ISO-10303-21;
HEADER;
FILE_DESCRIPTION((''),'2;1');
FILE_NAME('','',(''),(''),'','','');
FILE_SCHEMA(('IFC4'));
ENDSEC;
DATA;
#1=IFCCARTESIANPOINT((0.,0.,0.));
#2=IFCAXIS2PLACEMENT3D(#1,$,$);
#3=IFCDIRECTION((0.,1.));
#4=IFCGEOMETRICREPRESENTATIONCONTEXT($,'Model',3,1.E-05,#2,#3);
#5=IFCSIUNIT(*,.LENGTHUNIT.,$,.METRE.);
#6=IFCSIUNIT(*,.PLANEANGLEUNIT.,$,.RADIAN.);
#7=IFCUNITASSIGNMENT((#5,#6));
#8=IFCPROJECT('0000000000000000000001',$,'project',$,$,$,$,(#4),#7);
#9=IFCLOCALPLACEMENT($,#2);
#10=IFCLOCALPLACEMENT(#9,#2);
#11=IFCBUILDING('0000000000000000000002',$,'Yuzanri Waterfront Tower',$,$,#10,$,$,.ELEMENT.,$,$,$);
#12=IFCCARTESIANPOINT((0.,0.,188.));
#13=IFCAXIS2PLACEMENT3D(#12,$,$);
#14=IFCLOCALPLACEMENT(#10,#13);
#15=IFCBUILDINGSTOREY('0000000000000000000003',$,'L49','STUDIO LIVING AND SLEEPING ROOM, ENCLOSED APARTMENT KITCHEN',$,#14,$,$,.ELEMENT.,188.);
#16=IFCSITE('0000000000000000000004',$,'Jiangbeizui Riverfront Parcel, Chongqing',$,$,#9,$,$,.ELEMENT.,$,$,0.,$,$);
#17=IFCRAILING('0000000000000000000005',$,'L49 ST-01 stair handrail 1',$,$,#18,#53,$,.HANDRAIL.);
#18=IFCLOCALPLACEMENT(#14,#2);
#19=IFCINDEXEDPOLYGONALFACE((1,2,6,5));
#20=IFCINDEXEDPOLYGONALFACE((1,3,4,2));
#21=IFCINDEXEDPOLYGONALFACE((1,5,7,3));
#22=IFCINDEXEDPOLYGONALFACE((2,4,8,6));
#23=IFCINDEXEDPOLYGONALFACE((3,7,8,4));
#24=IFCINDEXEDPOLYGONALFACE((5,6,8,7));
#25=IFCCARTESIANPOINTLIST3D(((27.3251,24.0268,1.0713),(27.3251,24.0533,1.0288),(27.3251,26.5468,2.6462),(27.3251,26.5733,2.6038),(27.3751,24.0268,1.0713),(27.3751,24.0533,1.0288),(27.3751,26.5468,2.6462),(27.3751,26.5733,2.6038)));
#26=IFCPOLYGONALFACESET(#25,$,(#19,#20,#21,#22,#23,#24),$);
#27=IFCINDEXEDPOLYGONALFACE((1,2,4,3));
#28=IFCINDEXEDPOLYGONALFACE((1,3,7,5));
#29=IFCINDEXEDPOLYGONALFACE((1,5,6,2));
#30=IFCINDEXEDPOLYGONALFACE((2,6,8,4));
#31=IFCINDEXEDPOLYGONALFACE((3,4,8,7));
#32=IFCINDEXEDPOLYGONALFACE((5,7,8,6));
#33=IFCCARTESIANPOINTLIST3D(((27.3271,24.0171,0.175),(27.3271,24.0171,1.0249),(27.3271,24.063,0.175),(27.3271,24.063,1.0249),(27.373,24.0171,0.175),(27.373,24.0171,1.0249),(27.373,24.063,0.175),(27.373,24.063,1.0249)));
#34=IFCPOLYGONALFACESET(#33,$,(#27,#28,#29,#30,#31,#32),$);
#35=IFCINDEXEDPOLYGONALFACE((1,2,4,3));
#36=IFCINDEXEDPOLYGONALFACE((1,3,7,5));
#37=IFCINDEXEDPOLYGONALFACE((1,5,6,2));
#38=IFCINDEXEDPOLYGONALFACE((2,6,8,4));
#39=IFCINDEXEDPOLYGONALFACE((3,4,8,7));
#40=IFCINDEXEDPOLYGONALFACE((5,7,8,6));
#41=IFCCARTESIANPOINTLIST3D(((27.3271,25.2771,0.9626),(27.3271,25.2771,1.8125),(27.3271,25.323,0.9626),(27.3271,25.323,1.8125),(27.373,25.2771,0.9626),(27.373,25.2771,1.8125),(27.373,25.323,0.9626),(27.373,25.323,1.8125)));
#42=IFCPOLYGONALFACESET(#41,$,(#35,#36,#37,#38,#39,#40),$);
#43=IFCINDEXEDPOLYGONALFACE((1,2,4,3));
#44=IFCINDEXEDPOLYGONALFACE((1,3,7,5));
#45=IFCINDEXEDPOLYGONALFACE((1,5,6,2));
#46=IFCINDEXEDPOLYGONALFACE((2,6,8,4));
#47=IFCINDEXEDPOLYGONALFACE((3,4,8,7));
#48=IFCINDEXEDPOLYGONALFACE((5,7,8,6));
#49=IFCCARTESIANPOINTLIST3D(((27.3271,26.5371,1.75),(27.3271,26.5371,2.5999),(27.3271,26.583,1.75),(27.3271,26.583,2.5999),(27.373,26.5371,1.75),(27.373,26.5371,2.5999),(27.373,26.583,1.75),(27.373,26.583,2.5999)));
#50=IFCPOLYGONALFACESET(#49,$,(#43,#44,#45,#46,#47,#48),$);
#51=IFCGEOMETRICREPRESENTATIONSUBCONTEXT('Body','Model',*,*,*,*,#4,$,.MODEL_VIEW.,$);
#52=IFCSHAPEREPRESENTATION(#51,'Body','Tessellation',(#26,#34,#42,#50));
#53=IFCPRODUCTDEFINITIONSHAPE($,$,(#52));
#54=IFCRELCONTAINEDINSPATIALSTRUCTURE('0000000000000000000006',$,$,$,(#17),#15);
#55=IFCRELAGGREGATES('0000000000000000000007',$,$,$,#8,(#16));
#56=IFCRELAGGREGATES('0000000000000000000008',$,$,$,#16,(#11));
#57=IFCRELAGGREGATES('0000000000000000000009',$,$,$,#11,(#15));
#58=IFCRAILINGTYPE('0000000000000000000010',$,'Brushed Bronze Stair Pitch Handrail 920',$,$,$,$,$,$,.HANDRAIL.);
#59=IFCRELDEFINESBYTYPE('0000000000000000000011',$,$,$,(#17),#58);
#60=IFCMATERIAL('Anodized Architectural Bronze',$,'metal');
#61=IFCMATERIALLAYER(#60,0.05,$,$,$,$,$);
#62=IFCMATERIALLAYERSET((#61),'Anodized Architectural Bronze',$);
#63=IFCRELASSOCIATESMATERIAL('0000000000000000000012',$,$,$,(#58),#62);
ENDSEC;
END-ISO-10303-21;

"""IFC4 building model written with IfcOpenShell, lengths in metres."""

from ifc_helpers import new_model, si_unit, direction, frame, origin, origin_2d, place, context, subcontext, project, spatial, rectangle, extrude, source, transform, mapped, material, layer, layer_set, type_object, element, save


model = new_model("IFC4")

# Units and contexts
model_context = context("Model", 3, precision=1e-05, world=origin(), true_north=direction((0.0, 1.0)))
body_context = subcontext(model_context, "Body", "Model", "MODEL_VIEW")
ifc_project = project(units=[si_unit("LENGTHUNIT", "METRE"), si_unit("PLANEANGLEUNIT", "RADIAN")], contexts=[model_context])

# Site, building, storey
site_placement = place(None, origin())
site = spatial("IfcSite", under=ifc_project, at=site_placement, Name="Jiangbeizui Riverfront Parcel, Chongqing", CompositionType="ELEMENT", RefElevation=0.0)
building_placement = place(site_placement, origin())
building = spatial("IfcBuilding", under=site, at=building_placement, Name="Yuzanri Waterfront Tower", CompositionType="ELEMENT")
storey_placement = place(building_placement, frame((0.0, 0.0, 188.0)))
storey = spatial("IfcBuildingStorey", under=building, at=storey_placement, Name="L49", Description="STUDIO LIVING AND SLEEPING ROOM, ENCLOSED APARTMENT KITCHEN", CompositionType="ELEMENT", Elevation=188.0)

# Railing
ifc_material_1 = material(Name="Anodized Architectural Bronze", Category="metal")
ifc_layer_1 = layer(ifc_material_1, 0.05)
ifc_layer_set_1 = layer_set([ifc_layer_1], Name="Anodized Architectural Bronze")
railing_type_1 = type_object("IfcRailingType", Name="Brushed Bronze Stair Pitch Handrail 920", PredefinedType="HANDRAIL", material=ifc_layer_set_1)
shared_shape_1 = source(origin(), body_context, "Body", "SweptSolid", [
    extrude(rectangle(XDim=0.05, YDim=0.05, at=origin_2d()), frame((0.0, 0.0, 0.875), z_axis=(0.0, 0.848008, 0.529984), x_axis=(-1.0, 0.0, 0.0)), (0.0, 0.0, 1.0), 2.9717),
    extrude(rectangle(XDim=0.0459, YDim=0.0459, at=origin_2d()), origin(), (0.0, 0.0, 1.0), 0.8499),
    extrude(rectangle(XDim=0.0459, YDim=0.0459, at=origin_2d()), frame((0.0, 1.26, 0.7876)), (0.0, 0.0, 1.0), 0.8499),
    extrude(rectangle(XDim=0.0459, YDim=0.0459, at=origin_2d()), frame((0.0, 2.52, 1.575)), (0.0, 0.0, 1.0), 0.8499),
])
railing_1_placement = place(storey_placement, frame((27.3501, 24.04, 0.175)))
element("IfcRailing", 1, at=railing_1_placement, inside=storey, type_object=railing_type_1, Name="L49 ST-01 stair handrail 1", PredefinedType="HANDRAIL", context=body_context, shape_type="MappedRepresentation", body=[
    mapped(shared_shape_1, transform((0.0, 0.0, 0.0), scale=1.0)),
])

save(model, "model.ifc")
